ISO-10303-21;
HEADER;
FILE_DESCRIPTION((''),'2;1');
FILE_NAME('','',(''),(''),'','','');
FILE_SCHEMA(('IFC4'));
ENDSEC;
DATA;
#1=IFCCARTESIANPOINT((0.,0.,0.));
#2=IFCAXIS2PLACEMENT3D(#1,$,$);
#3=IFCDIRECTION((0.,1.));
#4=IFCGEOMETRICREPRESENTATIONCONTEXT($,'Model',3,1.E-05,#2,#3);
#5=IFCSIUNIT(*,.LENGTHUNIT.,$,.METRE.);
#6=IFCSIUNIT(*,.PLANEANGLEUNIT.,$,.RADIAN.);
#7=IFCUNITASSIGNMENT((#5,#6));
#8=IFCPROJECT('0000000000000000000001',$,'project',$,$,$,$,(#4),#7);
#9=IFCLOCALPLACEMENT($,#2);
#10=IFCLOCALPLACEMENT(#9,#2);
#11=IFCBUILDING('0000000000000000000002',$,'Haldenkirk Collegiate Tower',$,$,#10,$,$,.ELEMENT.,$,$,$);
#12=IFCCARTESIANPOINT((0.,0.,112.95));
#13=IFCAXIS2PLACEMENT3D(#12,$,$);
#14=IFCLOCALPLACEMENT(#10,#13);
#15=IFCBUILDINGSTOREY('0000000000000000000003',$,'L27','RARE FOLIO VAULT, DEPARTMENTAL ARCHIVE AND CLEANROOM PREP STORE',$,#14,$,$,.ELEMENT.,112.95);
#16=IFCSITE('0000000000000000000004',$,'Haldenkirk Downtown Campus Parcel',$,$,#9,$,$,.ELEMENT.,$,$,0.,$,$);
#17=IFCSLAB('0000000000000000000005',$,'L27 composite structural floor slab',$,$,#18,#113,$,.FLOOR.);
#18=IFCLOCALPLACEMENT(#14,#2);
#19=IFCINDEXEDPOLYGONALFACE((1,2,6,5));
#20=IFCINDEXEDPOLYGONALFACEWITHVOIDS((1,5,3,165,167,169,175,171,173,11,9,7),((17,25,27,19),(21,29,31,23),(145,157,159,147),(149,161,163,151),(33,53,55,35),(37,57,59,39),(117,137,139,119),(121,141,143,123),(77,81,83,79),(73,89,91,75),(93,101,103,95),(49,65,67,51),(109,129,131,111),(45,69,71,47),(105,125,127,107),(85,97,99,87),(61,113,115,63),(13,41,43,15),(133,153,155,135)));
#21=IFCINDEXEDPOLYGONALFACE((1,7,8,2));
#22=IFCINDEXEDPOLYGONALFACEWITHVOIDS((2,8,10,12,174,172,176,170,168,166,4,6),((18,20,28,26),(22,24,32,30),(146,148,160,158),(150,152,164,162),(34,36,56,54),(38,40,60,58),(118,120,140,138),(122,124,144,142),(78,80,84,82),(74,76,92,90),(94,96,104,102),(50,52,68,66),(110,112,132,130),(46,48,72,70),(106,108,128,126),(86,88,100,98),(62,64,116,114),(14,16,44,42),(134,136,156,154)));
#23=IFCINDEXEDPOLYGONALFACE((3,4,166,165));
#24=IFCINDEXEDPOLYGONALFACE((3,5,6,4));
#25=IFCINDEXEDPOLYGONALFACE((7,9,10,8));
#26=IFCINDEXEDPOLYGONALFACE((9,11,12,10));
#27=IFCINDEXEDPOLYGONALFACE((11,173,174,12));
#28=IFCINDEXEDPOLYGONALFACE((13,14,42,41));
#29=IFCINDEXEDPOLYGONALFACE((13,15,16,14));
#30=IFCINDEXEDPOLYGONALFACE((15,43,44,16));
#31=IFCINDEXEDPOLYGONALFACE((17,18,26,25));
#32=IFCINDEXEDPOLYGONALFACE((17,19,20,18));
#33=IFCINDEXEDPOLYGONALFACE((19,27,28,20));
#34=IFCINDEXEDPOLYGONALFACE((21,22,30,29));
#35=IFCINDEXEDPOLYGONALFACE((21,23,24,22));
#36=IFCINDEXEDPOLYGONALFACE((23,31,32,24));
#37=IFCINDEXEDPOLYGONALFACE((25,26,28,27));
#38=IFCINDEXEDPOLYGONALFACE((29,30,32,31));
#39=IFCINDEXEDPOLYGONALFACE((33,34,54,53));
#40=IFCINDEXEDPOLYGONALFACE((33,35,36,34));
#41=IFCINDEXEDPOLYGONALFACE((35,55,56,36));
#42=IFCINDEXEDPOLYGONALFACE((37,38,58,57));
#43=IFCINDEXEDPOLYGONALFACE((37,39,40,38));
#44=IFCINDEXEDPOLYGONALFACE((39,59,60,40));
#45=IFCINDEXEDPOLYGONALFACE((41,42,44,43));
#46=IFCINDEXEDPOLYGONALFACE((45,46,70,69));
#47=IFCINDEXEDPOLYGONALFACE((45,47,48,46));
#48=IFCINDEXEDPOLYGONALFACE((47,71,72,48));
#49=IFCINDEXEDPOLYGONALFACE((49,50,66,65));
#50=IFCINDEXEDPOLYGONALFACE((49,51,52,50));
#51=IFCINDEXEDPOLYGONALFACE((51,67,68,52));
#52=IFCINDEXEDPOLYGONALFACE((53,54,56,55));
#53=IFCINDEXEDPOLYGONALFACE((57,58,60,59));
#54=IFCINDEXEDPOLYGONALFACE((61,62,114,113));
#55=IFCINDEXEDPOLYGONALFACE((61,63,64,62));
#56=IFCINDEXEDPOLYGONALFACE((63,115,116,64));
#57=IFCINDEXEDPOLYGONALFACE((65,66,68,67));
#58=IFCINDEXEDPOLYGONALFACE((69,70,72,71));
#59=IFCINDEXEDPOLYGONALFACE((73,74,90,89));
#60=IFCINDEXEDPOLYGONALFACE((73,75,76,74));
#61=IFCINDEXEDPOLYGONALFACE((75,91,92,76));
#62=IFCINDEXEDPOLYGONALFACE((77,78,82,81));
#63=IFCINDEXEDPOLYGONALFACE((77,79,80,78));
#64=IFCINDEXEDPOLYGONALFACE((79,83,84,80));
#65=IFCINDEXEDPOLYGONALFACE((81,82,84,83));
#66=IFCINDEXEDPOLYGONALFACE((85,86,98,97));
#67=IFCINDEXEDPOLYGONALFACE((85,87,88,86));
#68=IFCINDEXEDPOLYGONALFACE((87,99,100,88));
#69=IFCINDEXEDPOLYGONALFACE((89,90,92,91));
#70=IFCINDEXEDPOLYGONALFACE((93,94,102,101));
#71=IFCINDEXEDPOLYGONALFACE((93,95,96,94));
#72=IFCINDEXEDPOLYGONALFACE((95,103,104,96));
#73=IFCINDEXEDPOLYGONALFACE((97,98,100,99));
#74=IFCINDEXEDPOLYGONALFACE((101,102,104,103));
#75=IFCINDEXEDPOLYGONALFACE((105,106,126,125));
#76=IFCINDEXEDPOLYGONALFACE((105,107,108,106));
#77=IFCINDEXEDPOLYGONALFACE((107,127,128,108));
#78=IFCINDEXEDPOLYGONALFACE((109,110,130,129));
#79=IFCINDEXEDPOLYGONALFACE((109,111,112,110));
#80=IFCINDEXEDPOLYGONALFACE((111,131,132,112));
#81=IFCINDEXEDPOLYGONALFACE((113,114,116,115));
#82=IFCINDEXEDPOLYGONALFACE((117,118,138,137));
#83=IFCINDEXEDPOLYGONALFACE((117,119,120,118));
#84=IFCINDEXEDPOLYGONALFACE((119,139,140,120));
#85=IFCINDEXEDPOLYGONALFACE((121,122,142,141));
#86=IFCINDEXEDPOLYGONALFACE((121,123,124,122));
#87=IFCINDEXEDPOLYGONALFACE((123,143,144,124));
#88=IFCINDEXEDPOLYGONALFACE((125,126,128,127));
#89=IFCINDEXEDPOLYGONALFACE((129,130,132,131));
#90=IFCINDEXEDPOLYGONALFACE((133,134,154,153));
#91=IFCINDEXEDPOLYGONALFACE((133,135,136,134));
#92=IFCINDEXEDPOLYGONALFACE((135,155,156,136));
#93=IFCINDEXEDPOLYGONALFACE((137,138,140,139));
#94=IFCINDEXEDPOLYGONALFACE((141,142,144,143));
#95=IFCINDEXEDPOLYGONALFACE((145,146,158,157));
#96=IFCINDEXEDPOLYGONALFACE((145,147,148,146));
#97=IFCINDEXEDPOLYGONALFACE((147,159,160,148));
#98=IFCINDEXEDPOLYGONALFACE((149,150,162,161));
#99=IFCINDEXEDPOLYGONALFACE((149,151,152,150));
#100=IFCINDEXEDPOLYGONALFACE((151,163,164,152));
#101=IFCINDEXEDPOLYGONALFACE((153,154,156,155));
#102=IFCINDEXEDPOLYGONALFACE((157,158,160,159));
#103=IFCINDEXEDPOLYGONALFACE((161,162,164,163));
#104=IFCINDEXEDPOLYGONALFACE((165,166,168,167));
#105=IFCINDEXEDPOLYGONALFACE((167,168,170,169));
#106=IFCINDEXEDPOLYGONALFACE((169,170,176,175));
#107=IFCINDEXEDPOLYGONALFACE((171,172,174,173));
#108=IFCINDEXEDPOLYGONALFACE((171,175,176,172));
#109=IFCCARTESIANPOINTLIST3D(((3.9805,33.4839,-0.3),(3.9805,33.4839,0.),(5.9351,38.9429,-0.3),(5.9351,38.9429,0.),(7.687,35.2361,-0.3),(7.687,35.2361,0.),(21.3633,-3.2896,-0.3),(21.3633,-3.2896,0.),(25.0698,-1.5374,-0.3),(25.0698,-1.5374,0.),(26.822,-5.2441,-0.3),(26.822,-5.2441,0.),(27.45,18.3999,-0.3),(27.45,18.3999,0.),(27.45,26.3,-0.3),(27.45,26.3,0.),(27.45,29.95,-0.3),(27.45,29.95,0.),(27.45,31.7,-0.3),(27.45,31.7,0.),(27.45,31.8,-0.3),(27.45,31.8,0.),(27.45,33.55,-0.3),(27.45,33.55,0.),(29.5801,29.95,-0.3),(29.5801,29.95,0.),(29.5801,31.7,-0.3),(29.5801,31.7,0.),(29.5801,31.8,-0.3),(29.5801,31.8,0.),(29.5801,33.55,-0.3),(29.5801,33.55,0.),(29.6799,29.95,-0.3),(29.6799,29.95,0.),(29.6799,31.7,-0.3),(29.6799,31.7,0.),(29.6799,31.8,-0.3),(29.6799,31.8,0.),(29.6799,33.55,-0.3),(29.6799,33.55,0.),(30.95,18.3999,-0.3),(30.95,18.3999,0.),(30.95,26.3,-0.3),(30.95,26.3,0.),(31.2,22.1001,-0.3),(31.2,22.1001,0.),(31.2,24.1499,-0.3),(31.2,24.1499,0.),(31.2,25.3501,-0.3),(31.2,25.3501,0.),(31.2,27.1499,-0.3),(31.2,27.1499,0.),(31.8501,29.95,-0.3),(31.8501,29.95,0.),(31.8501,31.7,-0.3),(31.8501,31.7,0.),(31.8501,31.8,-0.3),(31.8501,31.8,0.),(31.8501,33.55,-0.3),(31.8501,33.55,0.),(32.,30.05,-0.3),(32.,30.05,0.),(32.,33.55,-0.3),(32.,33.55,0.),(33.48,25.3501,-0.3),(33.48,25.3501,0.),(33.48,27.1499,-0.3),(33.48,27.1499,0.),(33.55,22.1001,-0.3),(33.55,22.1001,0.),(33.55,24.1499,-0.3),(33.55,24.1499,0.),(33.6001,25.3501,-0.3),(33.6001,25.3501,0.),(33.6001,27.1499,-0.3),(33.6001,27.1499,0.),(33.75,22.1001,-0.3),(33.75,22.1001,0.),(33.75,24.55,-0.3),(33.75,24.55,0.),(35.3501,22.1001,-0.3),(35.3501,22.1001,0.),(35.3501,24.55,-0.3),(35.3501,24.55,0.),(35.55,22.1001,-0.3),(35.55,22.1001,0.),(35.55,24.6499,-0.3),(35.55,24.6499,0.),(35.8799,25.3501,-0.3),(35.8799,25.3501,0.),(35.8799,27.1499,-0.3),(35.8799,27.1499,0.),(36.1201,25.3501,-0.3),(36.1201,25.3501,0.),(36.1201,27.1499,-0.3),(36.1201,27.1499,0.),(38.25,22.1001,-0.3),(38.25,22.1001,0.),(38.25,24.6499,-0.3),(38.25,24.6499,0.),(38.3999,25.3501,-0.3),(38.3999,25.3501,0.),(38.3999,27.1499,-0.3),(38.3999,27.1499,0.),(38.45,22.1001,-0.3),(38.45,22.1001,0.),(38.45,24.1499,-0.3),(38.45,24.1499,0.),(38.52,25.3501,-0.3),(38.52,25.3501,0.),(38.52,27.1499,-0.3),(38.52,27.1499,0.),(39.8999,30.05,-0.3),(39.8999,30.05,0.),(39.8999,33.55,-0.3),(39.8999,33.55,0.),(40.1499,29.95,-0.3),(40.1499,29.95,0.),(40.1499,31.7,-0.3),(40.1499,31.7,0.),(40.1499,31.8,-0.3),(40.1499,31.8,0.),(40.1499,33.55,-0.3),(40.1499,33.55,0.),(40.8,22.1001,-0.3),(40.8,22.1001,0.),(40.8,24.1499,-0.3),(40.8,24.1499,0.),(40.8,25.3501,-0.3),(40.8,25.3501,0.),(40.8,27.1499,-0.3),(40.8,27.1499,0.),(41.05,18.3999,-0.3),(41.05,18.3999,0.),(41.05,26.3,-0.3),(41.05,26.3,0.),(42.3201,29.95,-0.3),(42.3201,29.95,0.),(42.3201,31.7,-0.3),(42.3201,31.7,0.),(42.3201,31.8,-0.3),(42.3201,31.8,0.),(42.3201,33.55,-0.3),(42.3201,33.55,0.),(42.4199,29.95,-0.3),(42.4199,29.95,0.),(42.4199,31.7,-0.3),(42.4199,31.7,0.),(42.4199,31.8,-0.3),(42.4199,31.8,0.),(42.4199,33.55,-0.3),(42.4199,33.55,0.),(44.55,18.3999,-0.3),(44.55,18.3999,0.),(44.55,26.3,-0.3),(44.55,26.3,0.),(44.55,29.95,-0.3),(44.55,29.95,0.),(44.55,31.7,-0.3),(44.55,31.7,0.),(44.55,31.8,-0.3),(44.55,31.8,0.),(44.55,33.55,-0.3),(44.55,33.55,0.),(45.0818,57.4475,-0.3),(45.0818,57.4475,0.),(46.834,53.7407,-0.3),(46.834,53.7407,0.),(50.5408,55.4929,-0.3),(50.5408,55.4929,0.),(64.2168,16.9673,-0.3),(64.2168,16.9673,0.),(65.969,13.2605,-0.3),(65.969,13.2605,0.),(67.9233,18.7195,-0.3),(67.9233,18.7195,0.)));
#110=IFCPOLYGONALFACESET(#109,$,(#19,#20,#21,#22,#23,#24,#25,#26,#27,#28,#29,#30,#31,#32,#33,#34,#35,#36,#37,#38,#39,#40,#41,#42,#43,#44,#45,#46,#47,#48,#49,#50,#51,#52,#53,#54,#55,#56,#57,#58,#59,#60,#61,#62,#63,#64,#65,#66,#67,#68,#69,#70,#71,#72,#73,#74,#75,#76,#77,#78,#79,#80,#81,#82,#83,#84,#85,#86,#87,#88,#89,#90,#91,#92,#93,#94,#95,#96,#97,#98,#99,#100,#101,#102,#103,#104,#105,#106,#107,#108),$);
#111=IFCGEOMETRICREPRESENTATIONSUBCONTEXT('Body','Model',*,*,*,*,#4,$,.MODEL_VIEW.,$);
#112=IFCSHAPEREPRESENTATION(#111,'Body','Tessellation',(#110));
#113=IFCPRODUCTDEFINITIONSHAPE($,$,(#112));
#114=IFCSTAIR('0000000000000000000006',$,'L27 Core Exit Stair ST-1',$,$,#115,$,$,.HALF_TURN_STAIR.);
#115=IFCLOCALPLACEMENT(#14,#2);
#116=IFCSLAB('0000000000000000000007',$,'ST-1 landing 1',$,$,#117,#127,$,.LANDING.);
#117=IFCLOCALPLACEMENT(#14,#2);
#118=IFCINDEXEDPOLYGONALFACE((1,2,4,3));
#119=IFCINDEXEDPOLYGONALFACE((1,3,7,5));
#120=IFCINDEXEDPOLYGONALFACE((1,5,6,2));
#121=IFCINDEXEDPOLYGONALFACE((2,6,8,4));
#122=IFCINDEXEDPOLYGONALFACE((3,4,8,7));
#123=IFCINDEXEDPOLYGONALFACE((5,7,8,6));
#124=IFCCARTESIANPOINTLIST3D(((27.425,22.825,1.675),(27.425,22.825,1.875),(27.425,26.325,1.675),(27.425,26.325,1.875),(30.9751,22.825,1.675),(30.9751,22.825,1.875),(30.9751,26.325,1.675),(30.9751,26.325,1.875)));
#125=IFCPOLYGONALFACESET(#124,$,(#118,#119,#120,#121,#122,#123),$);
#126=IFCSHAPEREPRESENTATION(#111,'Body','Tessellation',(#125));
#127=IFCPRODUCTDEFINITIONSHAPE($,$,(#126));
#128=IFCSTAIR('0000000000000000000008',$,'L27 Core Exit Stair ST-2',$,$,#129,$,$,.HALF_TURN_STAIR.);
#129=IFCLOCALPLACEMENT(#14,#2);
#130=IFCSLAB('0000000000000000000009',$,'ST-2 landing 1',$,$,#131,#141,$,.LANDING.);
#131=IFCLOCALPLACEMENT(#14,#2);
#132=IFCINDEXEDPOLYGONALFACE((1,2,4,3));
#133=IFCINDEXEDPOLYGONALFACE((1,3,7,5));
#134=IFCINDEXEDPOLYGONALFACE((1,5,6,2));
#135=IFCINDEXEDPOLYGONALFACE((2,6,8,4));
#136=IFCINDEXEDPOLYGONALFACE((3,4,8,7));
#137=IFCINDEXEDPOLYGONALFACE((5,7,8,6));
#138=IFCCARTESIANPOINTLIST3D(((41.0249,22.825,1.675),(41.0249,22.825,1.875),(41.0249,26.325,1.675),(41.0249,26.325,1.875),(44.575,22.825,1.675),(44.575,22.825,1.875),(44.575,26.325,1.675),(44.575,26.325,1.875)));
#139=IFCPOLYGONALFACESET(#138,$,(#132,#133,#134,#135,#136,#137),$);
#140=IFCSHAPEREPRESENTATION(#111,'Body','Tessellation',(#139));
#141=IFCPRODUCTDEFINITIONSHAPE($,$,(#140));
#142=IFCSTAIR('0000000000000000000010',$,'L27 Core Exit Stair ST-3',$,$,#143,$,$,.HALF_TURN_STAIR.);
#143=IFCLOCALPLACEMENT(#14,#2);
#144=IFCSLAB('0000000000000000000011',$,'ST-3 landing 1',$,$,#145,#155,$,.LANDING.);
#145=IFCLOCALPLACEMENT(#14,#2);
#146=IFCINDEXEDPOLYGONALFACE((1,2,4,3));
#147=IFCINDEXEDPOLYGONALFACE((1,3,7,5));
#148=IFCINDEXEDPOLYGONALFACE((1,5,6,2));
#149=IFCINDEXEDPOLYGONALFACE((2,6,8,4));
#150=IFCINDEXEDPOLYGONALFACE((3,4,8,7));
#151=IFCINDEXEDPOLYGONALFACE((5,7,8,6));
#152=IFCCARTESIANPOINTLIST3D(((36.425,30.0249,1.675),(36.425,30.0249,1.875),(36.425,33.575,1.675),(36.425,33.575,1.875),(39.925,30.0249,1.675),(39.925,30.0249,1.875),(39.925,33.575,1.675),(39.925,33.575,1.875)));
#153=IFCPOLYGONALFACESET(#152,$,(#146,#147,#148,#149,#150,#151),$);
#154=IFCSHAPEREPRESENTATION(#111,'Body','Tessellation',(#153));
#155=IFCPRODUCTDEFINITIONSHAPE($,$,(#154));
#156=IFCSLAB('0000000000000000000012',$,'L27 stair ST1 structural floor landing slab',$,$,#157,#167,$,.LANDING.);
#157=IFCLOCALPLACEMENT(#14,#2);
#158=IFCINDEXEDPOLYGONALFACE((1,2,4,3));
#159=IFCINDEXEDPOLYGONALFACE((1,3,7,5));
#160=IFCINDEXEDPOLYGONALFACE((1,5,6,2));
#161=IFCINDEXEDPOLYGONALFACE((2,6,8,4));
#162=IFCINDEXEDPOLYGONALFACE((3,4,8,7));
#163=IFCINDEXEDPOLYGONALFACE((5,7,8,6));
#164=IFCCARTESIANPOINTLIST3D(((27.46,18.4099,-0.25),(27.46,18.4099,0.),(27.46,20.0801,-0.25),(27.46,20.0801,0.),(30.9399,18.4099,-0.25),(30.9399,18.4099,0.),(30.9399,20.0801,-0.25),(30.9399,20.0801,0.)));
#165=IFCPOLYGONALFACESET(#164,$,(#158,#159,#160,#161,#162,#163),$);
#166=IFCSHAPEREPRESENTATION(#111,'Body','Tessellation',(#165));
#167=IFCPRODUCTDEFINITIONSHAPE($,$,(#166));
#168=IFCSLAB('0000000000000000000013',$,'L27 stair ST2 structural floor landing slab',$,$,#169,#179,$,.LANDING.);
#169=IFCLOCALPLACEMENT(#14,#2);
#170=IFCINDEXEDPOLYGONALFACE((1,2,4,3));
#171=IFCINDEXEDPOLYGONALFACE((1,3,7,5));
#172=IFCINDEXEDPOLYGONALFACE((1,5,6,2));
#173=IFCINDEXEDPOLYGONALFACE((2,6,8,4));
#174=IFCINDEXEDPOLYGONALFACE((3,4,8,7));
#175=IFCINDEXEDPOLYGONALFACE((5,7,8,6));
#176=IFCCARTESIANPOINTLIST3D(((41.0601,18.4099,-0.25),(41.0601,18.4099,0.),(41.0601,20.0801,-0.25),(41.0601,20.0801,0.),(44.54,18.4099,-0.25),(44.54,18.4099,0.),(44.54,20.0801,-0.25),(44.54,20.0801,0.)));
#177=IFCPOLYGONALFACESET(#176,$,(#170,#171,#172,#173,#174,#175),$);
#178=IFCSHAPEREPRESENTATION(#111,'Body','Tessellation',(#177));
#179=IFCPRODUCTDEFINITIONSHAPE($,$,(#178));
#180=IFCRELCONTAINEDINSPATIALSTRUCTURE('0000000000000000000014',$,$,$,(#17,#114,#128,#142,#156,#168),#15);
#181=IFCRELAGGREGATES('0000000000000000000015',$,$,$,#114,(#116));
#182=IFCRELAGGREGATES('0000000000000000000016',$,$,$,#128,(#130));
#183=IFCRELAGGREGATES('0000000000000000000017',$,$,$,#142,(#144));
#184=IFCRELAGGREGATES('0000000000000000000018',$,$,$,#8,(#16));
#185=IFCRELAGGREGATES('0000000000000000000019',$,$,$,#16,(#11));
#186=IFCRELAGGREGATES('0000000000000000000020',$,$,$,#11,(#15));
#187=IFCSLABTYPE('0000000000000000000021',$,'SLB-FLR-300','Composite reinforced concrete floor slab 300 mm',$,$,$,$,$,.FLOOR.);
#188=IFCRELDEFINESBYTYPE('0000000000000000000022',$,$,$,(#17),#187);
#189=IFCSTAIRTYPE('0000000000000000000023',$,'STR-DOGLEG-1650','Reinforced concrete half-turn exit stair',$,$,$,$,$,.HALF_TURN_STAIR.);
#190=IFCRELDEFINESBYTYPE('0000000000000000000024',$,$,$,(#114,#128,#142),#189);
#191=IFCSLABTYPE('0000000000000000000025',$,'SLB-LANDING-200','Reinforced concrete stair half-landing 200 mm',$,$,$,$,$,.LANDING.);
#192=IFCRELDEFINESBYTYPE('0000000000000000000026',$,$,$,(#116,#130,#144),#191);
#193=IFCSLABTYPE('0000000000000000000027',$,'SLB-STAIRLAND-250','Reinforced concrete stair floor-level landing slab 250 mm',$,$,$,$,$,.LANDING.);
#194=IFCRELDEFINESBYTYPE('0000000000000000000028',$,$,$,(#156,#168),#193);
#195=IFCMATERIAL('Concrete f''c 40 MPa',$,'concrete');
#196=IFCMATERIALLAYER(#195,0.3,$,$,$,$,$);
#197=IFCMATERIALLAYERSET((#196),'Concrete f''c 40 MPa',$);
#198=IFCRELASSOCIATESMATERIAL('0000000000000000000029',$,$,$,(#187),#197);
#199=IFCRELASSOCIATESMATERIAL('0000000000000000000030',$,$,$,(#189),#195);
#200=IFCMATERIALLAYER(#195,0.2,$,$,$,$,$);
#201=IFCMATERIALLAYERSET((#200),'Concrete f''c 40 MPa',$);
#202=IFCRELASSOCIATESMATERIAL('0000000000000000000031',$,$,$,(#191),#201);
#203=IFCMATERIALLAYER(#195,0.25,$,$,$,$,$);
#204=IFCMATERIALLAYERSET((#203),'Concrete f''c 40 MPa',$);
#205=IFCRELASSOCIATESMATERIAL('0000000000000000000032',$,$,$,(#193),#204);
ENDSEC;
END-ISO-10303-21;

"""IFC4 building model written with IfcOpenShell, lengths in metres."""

from ifc_helpers import new_model, si_unit, direction, frame, origin, place, context, subcontext, project, spatial, polyline, outline, extrude, material, layer, layer_set, type_object, element, aggregate, save


model = new_model("IFC4")

# Units and contexts
model_context = context("Model", 3, precision=1e-05, world=origin(), true_north=direction((0.0, 1.0)))
body_context = subcontext(model_context, "Body", "Model", "MODEL_VIEW")
ifc_project = project(units=[si_unit("LENGTHUNIT", "METRE"), si_unit("PLANEANGLEUNIT", "RADIAN")], contexts=[model_context])

# Site, building, storey
site_placement = place(None, origin())
site = spatial("IfcSite", under=ifc_project, at=site_placement, Name="Haldenkirk Downtown Campus Parcel", CompositionType="ELEMENT", RefElevation=0.0)
building_placement = place(site_placement, origin())
building = spatial("IfcBuilding", under=site, at=building_placement, Name="Haldenkirk Collegiate Tower", CompositionType="ELEMENT")
storey_placement = place(building_placement, frame((0.0, 0.0, 112.95)))
storey = spatial("IfcBuildingStorey", under=building, at=storey_placement, Name="L27", Description="RARE FOLIO VAULT, DEPARTMENTAL ARCHIVE AND CLEANROOM PREP STORE", CompositionType="ELEMENT", Elevation=112.95)

# Slab
ifc_material_1 = material(Name="Concrete f'c 40 MPa", Category="concrete")
ifc_layer_1 = layer(ifc_material_1, 0.3)
ifc_layer_set_1 = layer_set([ifc_layer_1], Name="Concrete f'c 40 MPa")
slab_type_1 = type_object("IfcSlabType", Name="SLB-FLR-300", Description="Composite reinforced concrete floor slab 300 mm", PredefinedType="FLOOR", material=ifc_layer_set_1)
slab_1_placement = place(storey_placement, frame((0.0, 0.0, -0.3)))
element("IfcSlab", 1, at=slab_1_placement, inside=storey, type_object=slab_type_1, Name="L27 composite structural floor slab", PredefinedType="FLOOR", context=body_context, shape_type="SweptSolid", body=[
    extrude(outline(polyline([(26.822, -5.2441), (65.969, 13.2605), (64.2168, 16.9673), (67.9233, 18.7195), (50.5408, 55.4929), (46.834, 53.7407), (45.0818, 57.4475), (5.9351, 38.9429), (7.687, 35.2361), (3.9805, 33.4839), (21.3633, -3.2896), (25.0698, -1.5374), (26.822, -5.2441)]), holes=[polyline([(27.45, 18.3999), (30.95, 18.3999), (30.95, 26.3), (27.45, 26.3), (27.45, 18.3999)]), polyline([(41.05, 18.3999), (44.55, 18.3999), (44.55, 26.3), (41.05, 26.3), (41.05, 18.3999)]), polyline([(32.0, 30.05), (39.8999, 30.05), (39.8999, 33.55), (32.0, 33.55), (32.0, 30.05)]), polyline([(33.75, 22.1001), (35.3501, 22.1001), (35.3501, 24.55), (33.75, 24.55), (33.75, 22.1001)]), polyline([(27.45, 29.95), (29.5801, 29.95), (29.5801, 31.7), (27.45, 31.7), (27.45, 29.95)]), polyline([(29.6799, 29.95), (31.8501, 29.95), (31.8501, 31.7), (29.6799, 31.7), (29.6799, 29.95)]), polyline([(27.45, 31.8), (29.5801, 31.8), (29.5801, 33.55), (27.45, 33.55), (27.45, 31.8)]), polyline([(29.6799, 31.8), (31.8501, 31.8), (31.8501, 33.55), (29.6799, 33.55), (29.6799, 31.8)]), polyline([(40.1499, 29.95), (42.3201, 29.95), (42.3201, 31.7), (40.1499, 31.7), (40.1499, 29.95)]), polyline([(42.4199, 29.95), (44.55, 29.95), (44.55, 31.7), (42.4199, 31.7), (42.4199, 29.95)]), polyline([(40.1499, 31.8), (42.3201, 31.8), (42.3201, 33.55), (40.1499, 33.55), (40.1499, 31.8)]), polyline([(42.4199, 31.8), (44.55, 31.8), (44.55, 33.55), (42.4199, 33.55), (42.4199, 31.8)]), polyline([(31.2, 25.3501), (33.48, 25.3501), (33.48, 27.1499), (31.2, 27.1499), (31.2, 25.3501)]), polyline([(33.6001, 25.3501), (35.8799, 25.3501), (35.8799, 27.1499), (33.6001, 27.1499), (33.6001, 25.3501)]), polyline([(36.1201, 25.3501), (38.3999, 25.3501), (38.3999, 27.1499), (36.1201, 27.1499), (36.1201, 25.3501)]), polyline([(38.52, 25.3501), (40.8, 25.3501), (40.8, 27.1499), (38.52, 27.1499), (38.52, 25.3501)]), polyline([(31.2, 22.1001), (33.55, 22.1001), (33.55, 24.1499), (31.2, 24.1499), (31.2, 22.1001)]), polyline([(38.45, 22.1001), (40.8, 22.1001), (40.8, 24.1499), (38.45, 24.1499), (38.45, 22.1001)]), polyline([(35.55, 22.1001), (38.25, 22.1001), (38.25, 24.6499), (35.55, 24.6499), (35.55, 22.1001)])]), origin(), (0.0, 0.0, 1.0), 0.3),
])

# Stairs, slabs
stair_type = type_object("IfcStairType", Name="STR-DOGLEG-1650", Description="Reinforced concrete half-turn exit stair", PredefinedType="HALF_TURN_STAIR", material=ifc_material_1)
stair_1_placement = place(storey_placement, origin())
stair_1 = element("IfcStair", 2, at=stair_1_placement, inside=storey, type_object=stair_type, Name="L27 Core Exit Stair ST-1", PredefinedType="HALF_TURN_STAIR")
ifc_layer_2 = layer(ifc_material_1, 0.2)
ifc_layer_set_2 = layer_set([ifc_layer_2], Name="Concrete f'c 40 MPa")
slab_type_2 = type_object("IfcSlabType", Name="SLB-LANDING-200", Description="Reinforced concrete stair half-landing 200 mm", PredefinedType="LANDING", material=ifc_layer_set_2)
slab_2_placement = place(storey_placement, frame((0.0, 0.0, 1.675)))
slab_2 = element("IfcSlab", 3, at=slab_2_placement, type_object=slab_type_2, Name="ST-1 landing 1", PredefinedType="LANDING", context=body_context, shape_type="SweptSolid", body=[
    extrude(outline(polyline([(30.9751, 22.825), (27.425, 22.825), (27.425, 26.325), (30.9751, 26.325), (30.9751, 22.825)])), origin(), (0.0, 0.0, 1.0), 0.2),
])
aggregate(stair_1, [slab_2])
stair_2_placement = place(storey_placement, origin())
stair_2 = element("IfcStair", 4, at=stair_2_placement, inside=storey, type_object=stair_type, Name="L27 Core Exit Stair ST-2", PredefinedType="HALF_TURN_STAIR")
slab_3_placement = place(storey_placement, frame((0.0, 0.0, 1.675)))
slab_3 = element("IfcSlab", 5, at=slab_3_placement, type_object=slab_type_2, Name="ST-2 landing 1", PredefinedType="LANDING", context=body_context, shape_type="SweptSolid", body=[
    extrude(outline(polyline([(44.575, 22.825), (41.0249, 22.825), (41.0249, 26.325), (44.575, 26.325), (44.575, 22.825)])), origin(), (0.0, 0.0, 1.0), 0.2),
])
aggregate(stair_2, [slab_3])
stair_3_placement = place(storey_placement, origin())
stair_3 = element("IfcStair", 6, at=stair_3_placement, inside=storey, type_object=stair_type, Name="L27 Core Exit Stair ST-3", PredefinedType="HALF_TURN_STAIR")
slab_4_placement = place(storey_placement, frame((0.0, 0.0, 1.675)))
slab_4 = element("IfcSlab", 7, at=slab_4_placement, type_object=slab_type_2, Name="ST-3 landing 1", PredefinedType="LANDING", context=body_context, shape_type="SweptSolid", body=[
    extrude(outline(polyline([(36.425, 30.0249), (36.425, 33.575), (39.925, 33.575), (39.925, 30.0249), (36.425, 30.0249)])), origin(), (0.0, 0.0, 1.0), 0.2),
])
aggregate(stair_3, [slab_4])

# Slabs
ifc_layer_3 = layer(ifc_material_1, 0.25)
ifc_layer_set_3 = layer_set([ifc_layer_3], Name="Concrete f'c 40 MPa")
slab_type_3 = type_object("IfcSlabType", Name="SLB-STAIRLAND-250", Description="Reinforced concrete stair floor-level landing slab 250 mm", PredefinedType="LANDING", material=ifc_layer_set_3)
slab_5_placement = place(storey_placement, frame((0.0, 0.0, -0.25)))
element("IfcSlab", 8, at=slab_5_placement, inside=storey, type_object=slab_type_3, Name="L27 stair ST1 structural floor landing slab", PredefinedType="LANDING", context=body_context, shape_type="SweptSolid", body=[
    extrude(outline(polyline([(27.46, 18.4099), (30.9399, 18.4099), (30.9399, 20.0801), (27.46, 20.0801), (27.46, 18.4099)])), origin(), (0.0, 0.0, 1.0), 0.25),
])
slab_6_placement = place(storey_placement, frame((0.0, 0.0, -0.25)))
element("IfcSlab", 9, at=slab_6_placement, inside=storey, type_object=slab_type_3, Name="L27 stair ST2 structural floor landing slab", PredefinedType="LANDING", context=body_context, shape_type="SweptSolid", body=[
    extrude(outline(polyline([(41.0601, 18.4099), (44.54, 18.4099), (44.54, 20.0801), (41.0601, 20.0801), (41.0601, 18.4099)])), origin(), (0.0, 0.0, 1.0), 0.25),
])

save(model, "model.ifc")
